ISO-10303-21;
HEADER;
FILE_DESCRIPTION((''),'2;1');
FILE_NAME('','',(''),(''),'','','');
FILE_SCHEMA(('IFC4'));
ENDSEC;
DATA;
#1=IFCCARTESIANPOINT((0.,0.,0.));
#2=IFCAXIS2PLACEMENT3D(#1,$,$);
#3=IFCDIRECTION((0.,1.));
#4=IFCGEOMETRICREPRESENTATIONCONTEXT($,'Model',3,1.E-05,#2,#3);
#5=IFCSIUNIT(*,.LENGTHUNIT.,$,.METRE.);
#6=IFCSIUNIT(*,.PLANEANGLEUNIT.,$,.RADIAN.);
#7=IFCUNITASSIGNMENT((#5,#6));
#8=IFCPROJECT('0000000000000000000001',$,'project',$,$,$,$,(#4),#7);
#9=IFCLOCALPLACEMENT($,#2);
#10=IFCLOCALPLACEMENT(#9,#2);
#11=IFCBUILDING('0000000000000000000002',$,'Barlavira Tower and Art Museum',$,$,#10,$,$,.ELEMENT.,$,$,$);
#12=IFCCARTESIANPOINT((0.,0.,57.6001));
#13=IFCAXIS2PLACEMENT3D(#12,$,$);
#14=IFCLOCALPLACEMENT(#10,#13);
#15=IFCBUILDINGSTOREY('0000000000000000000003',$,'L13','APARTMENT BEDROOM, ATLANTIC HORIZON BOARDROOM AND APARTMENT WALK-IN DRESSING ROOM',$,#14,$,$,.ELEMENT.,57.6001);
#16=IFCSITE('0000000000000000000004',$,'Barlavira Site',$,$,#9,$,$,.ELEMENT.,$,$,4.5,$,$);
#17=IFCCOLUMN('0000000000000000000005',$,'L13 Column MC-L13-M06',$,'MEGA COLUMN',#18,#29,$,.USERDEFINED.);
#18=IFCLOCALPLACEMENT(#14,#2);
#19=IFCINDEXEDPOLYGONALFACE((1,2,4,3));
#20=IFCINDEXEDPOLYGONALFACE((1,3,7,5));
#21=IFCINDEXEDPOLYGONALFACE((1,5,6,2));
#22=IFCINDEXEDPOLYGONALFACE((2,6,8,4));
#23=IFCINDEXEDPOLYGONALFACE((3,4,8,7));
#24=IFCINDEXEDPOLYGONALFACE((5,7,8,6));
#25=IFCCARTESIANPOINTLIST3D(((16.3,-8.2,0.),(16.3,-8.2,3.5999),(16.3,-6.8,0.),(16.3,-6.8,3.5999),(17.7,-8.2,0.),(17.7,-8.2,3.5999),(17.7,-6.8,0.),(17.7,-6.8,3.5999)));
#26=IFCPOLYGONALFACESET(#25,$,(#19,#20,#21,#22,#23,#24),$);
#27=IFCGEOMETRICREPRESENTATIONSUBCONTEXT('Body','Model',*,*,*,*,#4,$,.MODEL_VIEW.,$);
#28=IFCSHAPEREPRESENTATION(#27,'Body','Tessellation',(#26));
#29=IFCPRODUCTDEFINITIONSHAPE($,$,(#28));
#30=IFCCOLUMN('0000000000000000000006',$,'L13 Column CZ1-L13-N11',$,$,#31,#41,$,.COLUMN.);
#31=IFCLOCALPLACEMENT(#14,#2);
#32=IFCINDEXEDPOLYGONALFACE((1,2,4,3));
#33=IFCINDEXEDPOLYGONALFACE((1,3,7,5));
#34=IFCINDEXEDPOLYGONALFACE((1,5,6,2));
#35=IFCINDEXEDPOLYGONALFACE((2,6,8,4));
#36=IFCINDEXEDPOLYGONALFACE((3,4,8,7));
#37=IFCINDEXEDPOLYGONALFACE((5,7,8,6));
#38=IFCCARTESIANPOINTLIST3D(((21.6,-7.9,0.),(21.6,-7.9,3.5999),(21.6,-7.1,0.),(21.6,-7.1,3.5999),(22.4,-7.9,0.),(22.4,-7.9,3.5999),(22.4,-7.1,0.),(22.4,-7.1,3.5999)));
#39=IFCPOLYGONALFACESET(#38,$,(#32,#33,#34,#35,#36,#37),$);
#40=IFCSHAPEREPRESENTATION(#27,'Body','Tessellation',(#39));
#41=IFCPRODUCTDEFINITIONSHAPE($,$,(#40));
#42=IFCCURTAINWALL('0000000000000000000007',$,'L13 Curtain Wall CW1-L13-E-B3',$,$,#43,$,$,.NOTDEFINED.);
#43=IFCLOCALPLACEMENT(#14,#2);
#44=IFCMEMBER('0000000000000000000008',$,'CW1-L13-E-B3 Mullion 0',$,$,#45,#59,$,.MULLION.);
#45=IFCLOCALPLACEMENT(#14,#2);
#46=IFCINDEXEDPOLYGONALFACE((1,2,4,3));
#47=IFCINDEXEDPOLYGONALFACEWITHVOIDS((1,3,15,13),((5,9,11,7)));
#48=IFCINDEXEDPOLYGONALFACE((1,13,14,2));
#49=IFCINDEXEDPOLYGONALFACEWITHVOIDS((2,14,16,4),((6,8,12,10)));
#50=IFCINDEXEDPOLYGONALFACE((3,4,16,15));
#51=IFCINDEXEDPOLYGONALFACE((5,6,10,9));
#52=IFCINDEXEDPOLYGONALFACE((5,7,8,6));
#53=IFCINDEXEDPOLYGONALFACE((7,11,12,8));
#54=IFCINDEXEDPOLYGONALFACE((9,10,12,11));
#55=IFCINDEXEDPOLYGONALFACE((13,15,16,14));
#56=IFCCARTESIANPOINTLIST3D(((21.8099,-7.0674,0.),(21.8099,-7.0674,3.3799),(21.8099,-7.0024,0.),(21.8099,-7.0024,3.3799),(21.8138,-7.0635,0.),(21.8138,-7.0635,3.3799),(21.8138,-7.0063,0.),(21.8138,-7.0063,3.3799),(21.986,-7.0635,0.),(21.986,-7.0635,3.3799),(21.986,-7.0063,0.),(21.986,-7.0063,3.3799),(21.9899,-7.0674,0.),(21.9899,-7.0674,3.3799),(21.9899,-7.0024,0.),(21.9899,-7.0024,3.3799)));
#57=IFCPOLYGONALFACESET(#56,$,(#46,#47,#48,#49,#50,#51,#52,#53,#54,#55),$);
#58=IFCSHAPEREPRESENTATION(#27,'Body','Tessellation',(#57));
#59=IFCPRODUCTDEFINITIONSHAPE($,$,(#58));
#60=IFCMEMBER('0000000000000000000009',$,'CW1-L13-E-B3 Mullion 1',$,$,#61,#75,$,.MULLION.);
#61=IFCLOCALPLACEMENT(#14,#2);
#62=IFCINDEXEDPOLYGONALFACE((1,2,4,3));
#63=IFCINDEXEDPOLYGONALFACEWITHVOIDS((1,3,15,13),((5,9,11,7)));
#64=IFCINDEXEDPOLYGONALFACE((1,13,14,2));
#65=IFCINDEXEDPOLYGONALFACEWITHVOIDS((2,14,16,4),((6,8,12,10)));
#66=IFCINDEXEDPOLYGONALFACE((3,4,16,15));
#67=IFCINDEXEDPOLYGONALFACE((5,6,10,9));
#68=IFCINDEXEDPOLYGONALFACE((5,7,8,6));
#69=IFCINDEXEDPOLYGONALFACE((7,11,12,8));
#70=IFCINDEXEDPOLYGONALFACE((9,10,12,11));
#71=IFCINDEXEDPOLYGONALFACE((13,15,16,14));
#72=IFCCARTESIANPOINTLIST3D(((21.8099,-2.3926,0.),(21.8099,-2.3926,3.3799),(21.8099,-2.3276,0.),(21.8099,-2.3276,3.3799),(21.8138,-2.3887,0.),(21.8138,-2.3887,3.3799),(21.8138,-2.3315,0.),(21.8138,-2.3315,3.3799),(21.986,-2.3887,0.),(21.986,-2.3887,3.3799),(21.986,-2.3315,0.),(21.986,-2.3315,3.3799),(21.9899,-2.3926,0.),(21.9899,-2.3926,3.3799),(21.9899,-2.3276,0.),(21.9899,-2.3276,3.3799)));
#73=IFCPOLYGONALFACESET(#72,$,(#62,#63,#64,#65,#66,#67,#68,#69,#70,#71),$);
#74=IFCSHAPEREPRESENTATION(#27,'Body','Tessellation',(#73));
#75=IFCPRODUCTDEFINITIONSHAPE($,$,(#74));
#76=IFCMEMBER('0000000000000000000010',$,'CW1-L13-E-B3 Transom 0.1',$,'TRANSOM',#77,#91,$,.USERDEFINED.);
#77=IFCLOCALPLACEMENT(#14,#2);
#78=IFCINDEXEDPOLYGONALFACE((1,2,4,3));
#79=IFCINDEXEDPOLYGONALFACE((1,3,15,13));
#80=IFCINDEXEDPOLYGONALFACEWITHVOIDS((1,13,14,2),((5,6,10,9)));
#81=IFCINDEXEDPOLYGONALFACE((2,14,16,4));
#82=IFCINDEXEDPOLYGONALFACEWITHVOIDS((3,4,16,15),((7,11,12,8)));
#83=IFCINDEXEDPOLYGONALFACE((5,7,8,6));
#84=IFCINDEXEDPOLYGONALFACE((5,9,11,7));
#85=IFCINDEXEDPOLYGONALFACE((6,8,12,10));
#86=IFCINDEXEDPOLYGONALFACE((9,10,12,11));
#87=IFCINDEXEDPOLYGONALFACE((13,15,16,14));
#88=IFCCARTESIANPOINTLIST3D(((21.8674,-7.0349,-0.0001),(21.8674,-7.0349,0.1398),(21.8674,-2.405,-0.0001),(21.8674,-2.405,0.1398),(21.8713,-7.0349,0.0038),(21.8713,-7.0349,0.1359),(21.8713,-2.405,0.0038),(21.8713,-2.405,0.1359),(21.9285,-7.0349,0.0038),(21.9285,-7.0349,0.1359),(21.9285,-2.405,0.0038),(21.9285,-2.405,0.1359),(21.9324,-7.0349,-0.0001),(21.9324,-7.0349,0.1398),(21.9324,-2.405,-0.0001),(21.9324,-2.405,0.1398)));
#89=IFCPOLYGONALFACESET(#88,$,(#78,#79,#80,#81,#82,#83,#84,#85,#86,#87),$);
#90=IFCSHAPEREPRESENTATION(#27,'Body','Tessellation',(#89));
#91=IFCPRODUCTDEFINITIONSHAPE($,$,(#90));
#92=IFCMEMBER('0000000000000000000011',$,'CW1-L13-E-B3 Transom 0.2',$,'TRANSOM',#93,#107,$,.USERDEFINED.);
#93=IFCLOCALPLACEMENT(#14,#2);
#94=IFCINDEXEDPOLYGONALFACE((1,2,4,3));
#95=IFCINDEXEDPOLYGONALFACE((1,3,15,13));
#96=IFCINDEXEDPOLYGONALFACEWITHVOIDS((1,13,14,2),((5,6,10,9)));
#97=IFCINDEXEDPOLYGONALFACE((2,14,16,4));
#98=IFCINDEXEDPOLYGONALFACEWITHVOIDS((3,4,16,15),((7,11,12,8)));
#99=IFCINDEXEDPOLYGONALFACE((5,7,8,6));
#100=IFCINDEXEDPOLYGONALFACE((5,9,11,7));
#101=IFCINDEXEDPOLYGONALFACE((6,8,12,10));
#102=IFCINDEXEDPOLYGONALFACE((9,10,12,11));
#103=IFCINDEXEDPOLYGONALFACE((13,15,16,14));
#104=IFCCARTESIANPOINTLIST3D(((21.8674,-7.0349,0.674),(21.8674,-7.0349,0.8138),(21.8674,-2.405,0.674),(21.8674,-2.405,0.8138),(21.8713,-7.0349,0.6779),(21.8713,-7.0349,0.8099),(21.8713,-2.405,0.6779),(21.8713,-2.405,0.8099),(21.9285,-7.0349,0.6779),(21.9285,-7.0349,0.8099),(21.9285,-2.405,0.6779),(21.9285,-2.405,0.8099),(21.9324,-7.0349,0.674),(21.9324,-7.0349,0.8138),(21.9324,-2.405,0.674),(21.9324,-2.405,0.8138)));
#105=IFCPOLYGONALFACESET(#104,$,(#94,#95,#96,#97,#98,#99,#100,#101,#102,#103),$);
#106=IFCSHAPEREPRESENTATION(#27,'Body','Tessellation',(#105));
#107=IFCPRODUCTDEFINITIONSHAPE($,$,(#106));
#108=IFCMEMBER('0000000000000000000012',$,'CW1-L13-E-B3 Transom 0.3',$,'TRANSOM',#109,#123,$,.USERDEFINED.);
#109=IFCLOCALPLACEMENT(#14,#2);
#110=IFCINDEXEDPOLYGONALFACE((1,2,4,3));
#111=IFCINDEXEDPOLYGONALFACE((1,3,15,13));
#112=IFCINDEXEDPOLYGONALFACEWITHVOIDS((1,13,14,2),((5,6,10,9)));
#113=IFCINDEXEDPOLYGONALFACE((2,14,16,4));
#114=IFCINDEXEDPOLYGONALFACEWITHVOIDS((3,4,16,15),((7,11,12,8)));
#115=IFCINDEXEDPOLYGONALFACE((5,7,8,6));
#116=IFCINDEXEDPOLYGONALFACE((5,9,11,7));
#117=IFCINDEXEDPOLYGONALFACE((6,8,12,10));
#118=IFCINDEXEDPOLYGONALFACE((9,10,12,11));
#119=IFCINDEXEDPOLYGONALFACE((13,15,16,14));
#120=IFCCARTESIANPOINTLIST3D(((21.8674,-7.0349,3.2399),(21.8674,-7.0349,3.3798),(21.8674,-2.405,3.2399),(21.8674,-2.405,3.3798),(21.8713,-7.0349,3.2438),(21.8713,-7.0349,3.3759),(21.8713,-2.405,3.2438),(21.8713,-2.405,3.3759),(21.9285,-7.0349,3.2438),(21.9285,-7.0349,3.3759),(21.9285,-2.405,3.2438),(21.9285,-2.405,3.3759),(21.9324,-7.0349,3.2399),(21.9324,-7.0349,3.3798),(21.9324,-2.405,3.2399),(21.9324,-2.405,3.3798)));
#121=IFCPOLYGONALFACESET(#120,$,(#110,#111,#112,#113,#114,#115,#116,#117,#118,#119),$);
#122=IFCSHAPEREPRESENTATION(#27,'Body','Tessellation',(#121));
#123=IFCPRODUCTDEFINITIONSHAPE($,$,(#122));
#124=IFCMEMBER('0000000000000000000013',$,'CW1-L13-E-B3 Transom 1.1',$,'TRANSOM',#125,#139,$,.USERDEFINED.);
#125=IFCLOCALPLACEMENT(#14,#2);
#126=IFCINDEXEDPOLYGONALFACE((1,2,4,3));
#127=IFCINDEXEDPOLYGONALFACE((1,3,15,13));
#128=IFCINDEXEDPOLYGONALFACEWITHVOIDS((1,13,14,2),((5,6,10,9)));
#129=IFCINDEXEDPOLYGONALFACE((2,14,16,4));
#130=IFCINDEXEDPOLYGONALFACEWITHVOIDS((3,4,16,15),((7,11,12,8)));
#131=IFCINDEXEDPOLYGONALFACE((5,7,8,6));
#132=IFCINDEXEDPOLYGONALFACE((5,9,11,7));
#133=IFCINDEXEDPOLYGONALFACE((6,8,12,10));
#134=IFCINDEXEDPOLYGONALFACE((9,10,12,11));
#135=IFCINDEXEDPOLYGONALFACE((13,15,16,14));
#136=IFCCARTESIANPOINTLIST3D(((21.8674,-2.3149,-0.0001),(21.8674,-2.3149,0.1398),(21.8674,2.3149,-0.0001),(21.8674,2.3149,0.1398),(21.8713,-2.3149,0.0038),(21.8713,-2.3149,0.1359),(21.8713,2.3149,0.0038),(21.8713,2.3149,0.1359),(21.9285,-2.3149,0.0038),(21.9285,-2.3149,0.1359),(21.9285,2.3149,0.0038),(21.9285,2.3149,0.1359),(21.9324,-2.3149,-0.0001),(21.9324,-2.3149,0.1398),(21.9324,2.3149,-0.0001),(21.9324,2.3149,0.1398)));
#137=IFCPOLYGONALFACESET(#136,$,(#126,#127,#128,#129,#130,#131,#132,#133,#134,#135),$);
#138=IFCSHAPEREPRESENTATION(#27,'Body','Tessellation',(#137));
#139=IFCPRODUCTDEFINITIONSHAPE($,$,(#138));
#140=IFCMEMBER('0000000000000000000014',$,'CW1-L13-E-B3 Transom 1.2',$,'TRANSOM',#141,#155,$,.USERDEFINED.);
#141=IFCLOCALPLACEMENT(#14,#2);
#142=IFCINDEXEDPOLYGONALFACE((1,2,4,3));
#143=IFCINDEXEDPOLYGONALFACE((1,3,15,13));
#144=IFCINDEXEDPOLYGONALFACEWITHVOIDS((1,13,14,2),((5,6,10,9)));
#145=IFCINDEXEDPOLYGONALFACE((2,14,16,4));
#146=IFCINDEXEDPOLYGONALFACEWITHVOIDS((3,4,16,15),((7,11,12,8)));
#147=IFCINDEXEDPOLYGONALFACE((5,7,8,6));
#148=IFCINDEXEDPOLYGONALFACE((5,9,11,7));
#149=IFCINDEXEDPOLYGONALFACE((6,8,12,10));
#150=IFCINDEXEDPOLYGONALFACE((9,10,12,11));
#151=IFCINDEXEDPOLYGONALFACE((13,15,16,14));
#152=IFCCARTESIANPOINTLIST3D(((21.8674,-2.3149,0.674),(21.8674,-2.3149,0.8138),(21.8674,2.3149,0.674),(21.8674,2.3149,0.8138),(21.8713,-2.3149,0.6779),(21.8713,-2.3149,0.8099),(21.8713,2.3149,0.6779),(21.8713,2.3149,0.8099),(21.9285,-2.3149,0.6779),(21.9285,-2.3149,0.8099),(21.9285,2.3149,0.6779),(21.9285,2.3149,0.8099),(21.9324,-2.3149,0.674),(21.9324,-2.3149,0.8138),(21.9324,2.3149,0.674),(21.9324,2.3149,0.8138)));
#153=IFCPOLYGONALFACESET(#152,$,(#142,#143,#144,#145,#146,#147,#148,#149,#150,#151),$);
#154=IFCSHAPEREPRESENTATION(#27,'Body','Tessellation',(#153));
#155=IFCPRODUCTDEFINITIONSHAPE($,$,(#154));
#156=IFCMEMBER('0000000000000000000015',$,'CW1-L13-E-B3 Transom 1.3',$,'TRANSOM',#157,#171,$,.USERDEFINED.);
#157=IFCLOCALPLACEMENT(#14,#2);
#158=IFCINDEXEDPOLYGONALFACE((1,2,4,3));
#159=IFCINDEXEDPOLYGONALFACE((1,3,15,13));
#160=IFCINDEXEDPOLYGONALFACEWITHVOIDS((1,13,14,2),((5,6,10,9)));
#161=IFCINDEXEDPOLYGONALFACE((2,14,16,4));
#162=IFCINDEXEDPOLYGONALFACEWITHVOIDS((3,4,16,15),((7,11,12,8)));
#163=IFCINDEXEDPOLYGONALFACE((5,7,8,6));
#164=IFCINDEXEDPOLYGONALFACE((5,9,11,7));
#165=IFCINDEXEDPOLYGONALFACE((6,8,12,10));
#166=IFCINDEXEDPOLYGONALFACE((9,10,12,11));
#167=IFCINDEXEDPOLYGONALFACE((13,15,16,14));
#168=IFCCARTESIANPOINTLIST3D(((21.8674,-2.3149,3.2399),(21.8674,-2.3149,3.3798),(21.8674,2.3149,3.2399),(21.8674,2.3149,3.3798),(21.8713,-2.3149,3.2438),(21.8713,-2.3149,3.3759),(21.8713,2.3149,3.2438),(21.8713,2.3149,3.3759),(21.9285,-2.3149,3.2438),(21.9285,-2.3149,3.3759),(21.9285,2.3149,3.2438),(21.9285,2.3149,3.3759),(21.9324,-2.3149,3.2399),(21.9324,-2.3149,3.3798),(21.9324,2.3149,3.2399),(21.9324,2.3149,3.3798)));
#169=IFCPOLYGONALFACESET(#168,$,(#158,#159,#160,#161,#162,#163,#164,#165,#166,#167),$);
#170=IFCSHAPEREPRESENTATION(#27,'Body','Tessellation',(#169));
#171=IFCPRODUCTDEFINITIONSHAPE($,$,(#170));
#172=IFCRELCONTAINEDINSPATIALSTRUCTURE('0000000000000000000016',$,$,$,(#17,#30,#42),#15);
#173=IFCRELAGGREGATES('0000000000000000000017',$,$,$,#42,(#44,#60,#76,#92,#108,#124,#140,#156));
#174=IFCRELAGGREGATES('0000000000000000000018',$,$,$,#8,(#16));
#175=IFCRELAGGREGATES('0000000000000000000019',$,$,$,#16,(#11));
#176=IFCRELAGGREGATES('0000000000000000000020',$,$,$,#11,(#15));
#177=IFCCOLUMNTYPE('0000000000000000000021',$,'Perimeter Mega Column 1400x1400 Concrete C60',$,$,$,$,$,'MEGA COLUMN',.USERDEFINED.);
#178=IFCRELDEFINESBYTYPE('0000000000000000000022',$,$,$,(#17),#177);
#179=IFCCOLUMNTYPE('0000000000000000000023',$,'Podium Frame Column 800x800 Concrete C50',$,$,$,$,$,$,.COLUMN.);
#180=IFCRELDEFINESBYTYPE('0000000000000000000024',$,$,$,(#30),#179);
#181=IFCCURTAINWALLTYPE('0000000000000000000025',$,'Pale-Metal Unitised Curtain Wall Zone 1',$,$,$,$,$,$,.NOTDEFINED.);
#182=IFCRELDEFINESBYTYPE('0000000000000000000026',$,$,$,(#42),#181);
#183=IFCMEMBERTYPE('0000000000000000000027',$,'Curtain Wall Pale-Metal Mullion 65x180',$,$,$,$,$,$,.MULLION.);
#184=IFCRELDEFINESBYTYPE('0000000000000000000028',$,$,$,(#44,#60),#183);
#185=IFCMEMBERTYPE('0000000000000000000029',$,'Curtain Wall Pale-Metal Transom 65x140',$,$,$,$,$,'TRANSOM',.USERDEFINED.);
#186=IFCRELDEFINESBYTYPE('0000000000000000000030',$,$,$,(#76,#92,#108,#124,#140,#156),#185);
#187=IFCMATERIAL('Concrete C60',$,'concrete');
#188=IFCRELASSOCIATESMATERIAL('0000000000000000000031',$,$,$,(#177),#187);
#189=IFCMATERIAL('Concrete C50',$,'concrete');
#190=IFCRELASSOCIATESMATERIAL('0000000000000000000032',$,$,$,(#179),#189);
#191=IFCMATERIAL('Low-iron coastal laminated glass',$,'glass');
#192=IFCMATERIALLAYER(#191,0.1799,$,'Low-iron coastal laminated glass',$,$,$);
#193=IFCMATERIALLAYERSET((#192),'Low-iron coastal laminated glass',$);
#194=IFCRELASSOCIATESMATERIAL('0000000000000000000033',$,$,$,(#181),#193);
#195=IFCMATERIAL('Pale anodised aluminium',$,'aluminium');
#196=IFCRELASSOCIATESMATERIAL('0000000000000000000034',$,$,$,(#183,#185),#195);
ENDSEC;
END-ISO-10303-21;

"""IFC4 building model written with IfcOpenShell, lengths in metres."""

from ifc_helpers import new_model, si_unit, direction, frame, origin, origin_2d, place, context, subcontext, project, spatial, rectangle, hollow_rectangle, extrude, material, layer, layer_set, material_profile, profile_set, type_object, element, aggregate, save


model = new_model("IFC4")

# Units and contexts
model_context = context("Model", 3, precision=1e-05, world=origin(), true_north=direction((0.0, 1.0)))
body_context = subcontext(model_context, "Body", "Model", "MODEL_VIEW")
ifc_project = project(units=[si_unit("LENGTHUNIT", "METRE"), si_unit("PLANEANGLEUNIT", "RADIAN")], contexts=[model_context])

# Site, building, storey
site_placement = place(None, origin())
site = spatial("IfcSite", under=ifc_project, at=site_placement, Name="Barlavira Site", CompositionType="ELEMENT", RefElevation=4.5)
building_placement = place(site_placement, origin())
building = spatial("IfcBuilding", under=site, at=building_placement, Name="Barlavira Tower and Art Museum", CompositionType="ELEMENT")
storey_placement = place(building_placement, frame((0.0, 0.0, 57.6001)))
storey = spatial("IfcBuildingStorey", under=building, at=storey_placement, Name="L13", Description="APARTMENT BEDROOM, ATLANTIC HORIZON BOARDROOM AND APARTMENT WALK-IN DRESSING ROOM", CompositionType="ELEMENT", Elevation=57.6001)

# Columns
ifc_material_1 = material(Name="Concrete C60", Category="concrete")
ifc_material_profile_1 = material_profile(ifc_material_1, rectangle(XDim=1.3999, YDim=1.3999, at=origin_2d()), Name="RC-MCOL 1400x1400")
ifc_profile_set_1 = profile_set([ifc_material_profile_1], Name="Concrete C60")
column_type_1 = type_object("IfcColumnType", Name="Perimeter Mega Column 1400x1400 Concrete C60", ElementType="MEGA COLUMN", PredefinedType="USERDEFINED", material=ifc_profile_set_1)
column_1_placement = place(storey_placement, frame((17.0, -7.5, 0.0), z_axis=(0.0, 0.0, 1.0), x_axis=(1.0, 0.0, 0.0)))
element("IfcColumn", 1, at=column_1_placement, inside=storey, type_object=column_type_1, Name="L13 Column MC-L13-M06", ObjectType="MEGA COLUMN", PredefinedType="USERDEFINED", context=body_context, shape_type="SweptSolid", body=[
    extrude(rectangle(XDim=1.3999, YDim=1.3999, at=origin_2d()), origin(), (0.0, 0.0, 1.0), 3.5999),
])
ifc_material_2 = material(Name="Concrete C50", Category="concrete")
ifc_material_profile_2 = material_profile(ifc_material_2, rectangle(XDim=0.8, YDim=0.8, at=origin_2d()), Name="RC-COL 800x800")
ifc_profile_set_2 = profile_set([ifc_material_profile_2], Name="Concrete C50")
column_type_2 = type_object("IfcColumnType", Name="Podium Frame Column 800x800 Concrete C50", PredefinedType="COLUMN", material=ifc_profile_set_2)
column_2_placement = place(storey_placement, frame((22.0, -7.5, 0.0), z_axis=(0.0, 0.0, 1.0), x_axis=(1.0, 0.0, 0.0)))
element("IfcColumn", 2, at=column_2_placement, inside=storey, type_object=column_type_2, Name="L13 Column CZ1-L13-N11", PredefinedType="COLUMN", context=body_context, shape_type="SweptSolid", body=[
    extrude(rectangle(XDim=0.8, YDim=0.8, at=origin_2d()), origin(), (0.0, 0.0, 1.0), 3.5999),
])

# Curtain wall, members
ifc_material_3 = material(Name="Low-iron coastal laminated glass", Category="glass")
ifc_layer_1 = layer(ifc_material_3, 0.1799, Name="Low-iron coastal laminated glass")
ifc_layer_set_1 = layer_set([ifc_layer_1], Name="Low-iron coastal laminated glass")
curtain_wall_type = type_object("IfcCurtainWallType", Name="Pale-Metal Unitised Curtain Wall Zone 1", PredefinedType="NOTDEFINED", material=ifc_layer_set_1)
curtain_wall_placement = place(storey_placement, origin())
curtain_wall = element("IfcCurtainWall", 3, at=curtain_wall_placement, inside=storey, type_object=curtain_wall_type, Name="L13 Curtain Wall CW1-L13-E-B3", PredefinedType="NOTDEFINED")
ifc_material_4 = material(Name="Pale anodised aluminium", Category="aluminium")
ifc_material_profile_3 = material_profile(ifc_material_4, hollow_rectangle(XDim=0.0649, YDim=0.1799, WallThickness=0.0039, at=origin_2d()), Name="ALU-MULL 65x180x4")
ifc_profile_set_3 = profile_set([ifc_material_profile_3], Name="Pale anodised aluminium")
member_type_1 = type_object("IfcMemberType", Name="Curtain Wall Pale-Metal Mullion 65x180", PredefinedType="MULLION", material=ifc_profile_set_3)
member_1_placement = place(storey_placement, frame((21.8999, -7.0349, 0.0), z_axis=(0.0, 0.0, 1.0), x_axis=(0.0, 1.0, 0.0)))
member_1 = element("IfcMember", 4, at=member_1_placement, type_object=member_type_1, Name="CW1-L13-E-B3 Mullion 0", PredefinedType="MULLION", context=body_context, shape_type="SweptSolid", body=[
    extrude(hollow_rectangle(XDim=0.0649, YDim=0.1799, WallThickness=0.0039, at=origin_2d()), origin(), (0.0, 0.0, 1.0), 3.3799),
])
member_2_placement = place(storey_placement, frame((21.8999, -2.3601, 0.0), z_axis=(0.0, 0.0, 1.0), x_axis=(0.0, 1.0, 0.0)))
member_2 = element("IfcMember", 5, at=member_2_placement, type_object=member_type_1, Name="CW1-L13-E-B3 Mullion 1", PredefinedType="MULLION", context=body_context, shape_type="SweptSolid", body=[
    extrude(hollow_rectangle(XDim=0.0649, YDim=0.1799, WallThickness=0.0039, at=origin_2d()), origin(), (0.0, 0.0, 1.0), 3.3799),
])
ifc_material_profile_4 = material_profile(ifc_material_4, hollow_rectangle(XDim=0.0649, YDim=0.1399, WallThickness=0.0039, at=origin_2d()), Name="ALU-TRAN 65x140x4")
ifc_profile_set_4 = profile_set([ifc_material_profile_4], Name="Pale anodised aluminium")
member_type_2 = type_object("IfcMemberType", Name="Curtain Wall Pale-Metal Transom 65x140", ElementType="TRANSOM", PredefinedType="USERDEFINED", material=ifc_profile_set_4)
member_3_placement = place(storey_placement, frame((21.8999, -7.0349, 0.0698), z_axis=(0.0, 1.0, 0.0), x_axis=(-1.0, 0.0, 0.0)))
member_3 = element("IfcMember", 6, at=member_3_placement, type_object=member_type_2, Name="CW1-L13-E-B3 Transom 0.1", ObjectType="TRANSOM", PredefinedType="USERDEFINED", context=body_context, shape_type="SweptSolid", body=[
    extrude(hollow_rectangle(XDim=0.0649, YDim=0.1399, WallThickness=0.0039, at=origin_2d()), origin(), (0.0, 0.0, 1.0), 4.6299),
])
member_4_placement = place(storey_placement, frame((21.8999, -7.0349, 0.7439), z_axis=(0.0, 1.0, 0.0), x_axis=(-1.0, 0.0, 0.0)))
member_4 = element("IfcMember", 7, at=member_4_placement, type_object=member_type_2, Name="CW1-L13-E-B3 Transom 0.2", ObjectType="TRANSOM", PredefinedType="USERDEFINED", context=body_context, shape_type="SweptSolid", body=[
    extrude(hollow_rectangle(XDim=0.0649, YDim=0.1399, WallThickness=0.0039, at=origin_2d()), origin(), (0.0, 0.0, 1.0), 4.6299),
])
member_5_placement = place(storey_placement, frame((21.8999, -7.0349, 3.3098), z_axis=(0.0, 1.0, 0.0), x_axis=(-1.0, 0.0, 0.0)))
member_5 = element("IfcMember", 8, at=member_5_placement, type_object=member_type_2, Name="CW1-L13-E-B3 Transom 0.3", ObjectType="TRANSOM", PredefinedType="USERDEFINED", context=body_context, shape_type="SweptSolid", body=[
    extrude(hollow_rectangle(XDim=0.0649, YDim=0.1399, WallThickness=0.0039, at=origin_2d()), origin(), (0.0, 0.0, 1.0), 4.6299),
])
member_6_placement = place(storey_placement, frame((21.8999, -2.3149, 0.0698), z_axis=(0.0, 1.0, 0.0), x_axis=(-1.0, 0.0, 0.0)))
member_6 = element("IfcMember", 9, at=member_6_placement, type_object=member_type_2, Name="CW1-L13-E-B3 Transom 1.1", ObjectType="TRANSOM", PredefinedType="USERDEFINED", context=body_context, shape_type="SweptSolid", body=[
    extrude(hollow_rectangle(XDim=0.0649, YDim=0.1399, WallThickness=0.0039, at=origin_2d()), origin(), (0.0, 0.0, 1.0), 4.6299),
])
member_7_placement = place(storey_placement, frame((21.8999, -2.3149, 0.7439), z_axis=(0.0, 1.0, 0.0), x_axis=(-1.0, 0.0, 0.0)))
member_7 = element("IfcMember", 10, at=member_7_placement, type_object=member_type_2, Name="CW1-L13-E-B3 Transom 1.2", ObjectType="TRANSOM", PredefinedType="USERDEFINED", context=body_context, shape_type="SweptSolid", body=[
    extrude(hollow_rectangle(XDim=0.0649, YDim=0.1399, WallThickness=0.0039, at=origin_2d()), origin(), (0.0, 0.0, 1.0), 4.6299),
])
member_8_placement = place(storey_placement, frame((21.8999, -2.3149, 3.3098), z_axis=(0.0, 1.0, 0.0), x_axis=(-1.0, 0.0, 0.0)))
member_8 = element("IfcMember", 11, at=member_8_placement, type_object=member_type_2, Name="CW1-L13-E-B3 Transom 1.3", ObjectType="TRANSOM", PredefinedType="USERDEFINED", context=body_context, shape_type="SweptSolid", body=[
    extrude(hollow_rectangle(XDim=0.0649, YDim=0.1399, WallThickness=0.0039, at=origin_2d()), origin(), (0.0, 0.0, 1.0), 4.6299),
])

aggregate(curtain_wall, [member_1, member_2, member_3, member_4, member_5, member_6, member_7, member_8])

save(model, "model.ifc")
